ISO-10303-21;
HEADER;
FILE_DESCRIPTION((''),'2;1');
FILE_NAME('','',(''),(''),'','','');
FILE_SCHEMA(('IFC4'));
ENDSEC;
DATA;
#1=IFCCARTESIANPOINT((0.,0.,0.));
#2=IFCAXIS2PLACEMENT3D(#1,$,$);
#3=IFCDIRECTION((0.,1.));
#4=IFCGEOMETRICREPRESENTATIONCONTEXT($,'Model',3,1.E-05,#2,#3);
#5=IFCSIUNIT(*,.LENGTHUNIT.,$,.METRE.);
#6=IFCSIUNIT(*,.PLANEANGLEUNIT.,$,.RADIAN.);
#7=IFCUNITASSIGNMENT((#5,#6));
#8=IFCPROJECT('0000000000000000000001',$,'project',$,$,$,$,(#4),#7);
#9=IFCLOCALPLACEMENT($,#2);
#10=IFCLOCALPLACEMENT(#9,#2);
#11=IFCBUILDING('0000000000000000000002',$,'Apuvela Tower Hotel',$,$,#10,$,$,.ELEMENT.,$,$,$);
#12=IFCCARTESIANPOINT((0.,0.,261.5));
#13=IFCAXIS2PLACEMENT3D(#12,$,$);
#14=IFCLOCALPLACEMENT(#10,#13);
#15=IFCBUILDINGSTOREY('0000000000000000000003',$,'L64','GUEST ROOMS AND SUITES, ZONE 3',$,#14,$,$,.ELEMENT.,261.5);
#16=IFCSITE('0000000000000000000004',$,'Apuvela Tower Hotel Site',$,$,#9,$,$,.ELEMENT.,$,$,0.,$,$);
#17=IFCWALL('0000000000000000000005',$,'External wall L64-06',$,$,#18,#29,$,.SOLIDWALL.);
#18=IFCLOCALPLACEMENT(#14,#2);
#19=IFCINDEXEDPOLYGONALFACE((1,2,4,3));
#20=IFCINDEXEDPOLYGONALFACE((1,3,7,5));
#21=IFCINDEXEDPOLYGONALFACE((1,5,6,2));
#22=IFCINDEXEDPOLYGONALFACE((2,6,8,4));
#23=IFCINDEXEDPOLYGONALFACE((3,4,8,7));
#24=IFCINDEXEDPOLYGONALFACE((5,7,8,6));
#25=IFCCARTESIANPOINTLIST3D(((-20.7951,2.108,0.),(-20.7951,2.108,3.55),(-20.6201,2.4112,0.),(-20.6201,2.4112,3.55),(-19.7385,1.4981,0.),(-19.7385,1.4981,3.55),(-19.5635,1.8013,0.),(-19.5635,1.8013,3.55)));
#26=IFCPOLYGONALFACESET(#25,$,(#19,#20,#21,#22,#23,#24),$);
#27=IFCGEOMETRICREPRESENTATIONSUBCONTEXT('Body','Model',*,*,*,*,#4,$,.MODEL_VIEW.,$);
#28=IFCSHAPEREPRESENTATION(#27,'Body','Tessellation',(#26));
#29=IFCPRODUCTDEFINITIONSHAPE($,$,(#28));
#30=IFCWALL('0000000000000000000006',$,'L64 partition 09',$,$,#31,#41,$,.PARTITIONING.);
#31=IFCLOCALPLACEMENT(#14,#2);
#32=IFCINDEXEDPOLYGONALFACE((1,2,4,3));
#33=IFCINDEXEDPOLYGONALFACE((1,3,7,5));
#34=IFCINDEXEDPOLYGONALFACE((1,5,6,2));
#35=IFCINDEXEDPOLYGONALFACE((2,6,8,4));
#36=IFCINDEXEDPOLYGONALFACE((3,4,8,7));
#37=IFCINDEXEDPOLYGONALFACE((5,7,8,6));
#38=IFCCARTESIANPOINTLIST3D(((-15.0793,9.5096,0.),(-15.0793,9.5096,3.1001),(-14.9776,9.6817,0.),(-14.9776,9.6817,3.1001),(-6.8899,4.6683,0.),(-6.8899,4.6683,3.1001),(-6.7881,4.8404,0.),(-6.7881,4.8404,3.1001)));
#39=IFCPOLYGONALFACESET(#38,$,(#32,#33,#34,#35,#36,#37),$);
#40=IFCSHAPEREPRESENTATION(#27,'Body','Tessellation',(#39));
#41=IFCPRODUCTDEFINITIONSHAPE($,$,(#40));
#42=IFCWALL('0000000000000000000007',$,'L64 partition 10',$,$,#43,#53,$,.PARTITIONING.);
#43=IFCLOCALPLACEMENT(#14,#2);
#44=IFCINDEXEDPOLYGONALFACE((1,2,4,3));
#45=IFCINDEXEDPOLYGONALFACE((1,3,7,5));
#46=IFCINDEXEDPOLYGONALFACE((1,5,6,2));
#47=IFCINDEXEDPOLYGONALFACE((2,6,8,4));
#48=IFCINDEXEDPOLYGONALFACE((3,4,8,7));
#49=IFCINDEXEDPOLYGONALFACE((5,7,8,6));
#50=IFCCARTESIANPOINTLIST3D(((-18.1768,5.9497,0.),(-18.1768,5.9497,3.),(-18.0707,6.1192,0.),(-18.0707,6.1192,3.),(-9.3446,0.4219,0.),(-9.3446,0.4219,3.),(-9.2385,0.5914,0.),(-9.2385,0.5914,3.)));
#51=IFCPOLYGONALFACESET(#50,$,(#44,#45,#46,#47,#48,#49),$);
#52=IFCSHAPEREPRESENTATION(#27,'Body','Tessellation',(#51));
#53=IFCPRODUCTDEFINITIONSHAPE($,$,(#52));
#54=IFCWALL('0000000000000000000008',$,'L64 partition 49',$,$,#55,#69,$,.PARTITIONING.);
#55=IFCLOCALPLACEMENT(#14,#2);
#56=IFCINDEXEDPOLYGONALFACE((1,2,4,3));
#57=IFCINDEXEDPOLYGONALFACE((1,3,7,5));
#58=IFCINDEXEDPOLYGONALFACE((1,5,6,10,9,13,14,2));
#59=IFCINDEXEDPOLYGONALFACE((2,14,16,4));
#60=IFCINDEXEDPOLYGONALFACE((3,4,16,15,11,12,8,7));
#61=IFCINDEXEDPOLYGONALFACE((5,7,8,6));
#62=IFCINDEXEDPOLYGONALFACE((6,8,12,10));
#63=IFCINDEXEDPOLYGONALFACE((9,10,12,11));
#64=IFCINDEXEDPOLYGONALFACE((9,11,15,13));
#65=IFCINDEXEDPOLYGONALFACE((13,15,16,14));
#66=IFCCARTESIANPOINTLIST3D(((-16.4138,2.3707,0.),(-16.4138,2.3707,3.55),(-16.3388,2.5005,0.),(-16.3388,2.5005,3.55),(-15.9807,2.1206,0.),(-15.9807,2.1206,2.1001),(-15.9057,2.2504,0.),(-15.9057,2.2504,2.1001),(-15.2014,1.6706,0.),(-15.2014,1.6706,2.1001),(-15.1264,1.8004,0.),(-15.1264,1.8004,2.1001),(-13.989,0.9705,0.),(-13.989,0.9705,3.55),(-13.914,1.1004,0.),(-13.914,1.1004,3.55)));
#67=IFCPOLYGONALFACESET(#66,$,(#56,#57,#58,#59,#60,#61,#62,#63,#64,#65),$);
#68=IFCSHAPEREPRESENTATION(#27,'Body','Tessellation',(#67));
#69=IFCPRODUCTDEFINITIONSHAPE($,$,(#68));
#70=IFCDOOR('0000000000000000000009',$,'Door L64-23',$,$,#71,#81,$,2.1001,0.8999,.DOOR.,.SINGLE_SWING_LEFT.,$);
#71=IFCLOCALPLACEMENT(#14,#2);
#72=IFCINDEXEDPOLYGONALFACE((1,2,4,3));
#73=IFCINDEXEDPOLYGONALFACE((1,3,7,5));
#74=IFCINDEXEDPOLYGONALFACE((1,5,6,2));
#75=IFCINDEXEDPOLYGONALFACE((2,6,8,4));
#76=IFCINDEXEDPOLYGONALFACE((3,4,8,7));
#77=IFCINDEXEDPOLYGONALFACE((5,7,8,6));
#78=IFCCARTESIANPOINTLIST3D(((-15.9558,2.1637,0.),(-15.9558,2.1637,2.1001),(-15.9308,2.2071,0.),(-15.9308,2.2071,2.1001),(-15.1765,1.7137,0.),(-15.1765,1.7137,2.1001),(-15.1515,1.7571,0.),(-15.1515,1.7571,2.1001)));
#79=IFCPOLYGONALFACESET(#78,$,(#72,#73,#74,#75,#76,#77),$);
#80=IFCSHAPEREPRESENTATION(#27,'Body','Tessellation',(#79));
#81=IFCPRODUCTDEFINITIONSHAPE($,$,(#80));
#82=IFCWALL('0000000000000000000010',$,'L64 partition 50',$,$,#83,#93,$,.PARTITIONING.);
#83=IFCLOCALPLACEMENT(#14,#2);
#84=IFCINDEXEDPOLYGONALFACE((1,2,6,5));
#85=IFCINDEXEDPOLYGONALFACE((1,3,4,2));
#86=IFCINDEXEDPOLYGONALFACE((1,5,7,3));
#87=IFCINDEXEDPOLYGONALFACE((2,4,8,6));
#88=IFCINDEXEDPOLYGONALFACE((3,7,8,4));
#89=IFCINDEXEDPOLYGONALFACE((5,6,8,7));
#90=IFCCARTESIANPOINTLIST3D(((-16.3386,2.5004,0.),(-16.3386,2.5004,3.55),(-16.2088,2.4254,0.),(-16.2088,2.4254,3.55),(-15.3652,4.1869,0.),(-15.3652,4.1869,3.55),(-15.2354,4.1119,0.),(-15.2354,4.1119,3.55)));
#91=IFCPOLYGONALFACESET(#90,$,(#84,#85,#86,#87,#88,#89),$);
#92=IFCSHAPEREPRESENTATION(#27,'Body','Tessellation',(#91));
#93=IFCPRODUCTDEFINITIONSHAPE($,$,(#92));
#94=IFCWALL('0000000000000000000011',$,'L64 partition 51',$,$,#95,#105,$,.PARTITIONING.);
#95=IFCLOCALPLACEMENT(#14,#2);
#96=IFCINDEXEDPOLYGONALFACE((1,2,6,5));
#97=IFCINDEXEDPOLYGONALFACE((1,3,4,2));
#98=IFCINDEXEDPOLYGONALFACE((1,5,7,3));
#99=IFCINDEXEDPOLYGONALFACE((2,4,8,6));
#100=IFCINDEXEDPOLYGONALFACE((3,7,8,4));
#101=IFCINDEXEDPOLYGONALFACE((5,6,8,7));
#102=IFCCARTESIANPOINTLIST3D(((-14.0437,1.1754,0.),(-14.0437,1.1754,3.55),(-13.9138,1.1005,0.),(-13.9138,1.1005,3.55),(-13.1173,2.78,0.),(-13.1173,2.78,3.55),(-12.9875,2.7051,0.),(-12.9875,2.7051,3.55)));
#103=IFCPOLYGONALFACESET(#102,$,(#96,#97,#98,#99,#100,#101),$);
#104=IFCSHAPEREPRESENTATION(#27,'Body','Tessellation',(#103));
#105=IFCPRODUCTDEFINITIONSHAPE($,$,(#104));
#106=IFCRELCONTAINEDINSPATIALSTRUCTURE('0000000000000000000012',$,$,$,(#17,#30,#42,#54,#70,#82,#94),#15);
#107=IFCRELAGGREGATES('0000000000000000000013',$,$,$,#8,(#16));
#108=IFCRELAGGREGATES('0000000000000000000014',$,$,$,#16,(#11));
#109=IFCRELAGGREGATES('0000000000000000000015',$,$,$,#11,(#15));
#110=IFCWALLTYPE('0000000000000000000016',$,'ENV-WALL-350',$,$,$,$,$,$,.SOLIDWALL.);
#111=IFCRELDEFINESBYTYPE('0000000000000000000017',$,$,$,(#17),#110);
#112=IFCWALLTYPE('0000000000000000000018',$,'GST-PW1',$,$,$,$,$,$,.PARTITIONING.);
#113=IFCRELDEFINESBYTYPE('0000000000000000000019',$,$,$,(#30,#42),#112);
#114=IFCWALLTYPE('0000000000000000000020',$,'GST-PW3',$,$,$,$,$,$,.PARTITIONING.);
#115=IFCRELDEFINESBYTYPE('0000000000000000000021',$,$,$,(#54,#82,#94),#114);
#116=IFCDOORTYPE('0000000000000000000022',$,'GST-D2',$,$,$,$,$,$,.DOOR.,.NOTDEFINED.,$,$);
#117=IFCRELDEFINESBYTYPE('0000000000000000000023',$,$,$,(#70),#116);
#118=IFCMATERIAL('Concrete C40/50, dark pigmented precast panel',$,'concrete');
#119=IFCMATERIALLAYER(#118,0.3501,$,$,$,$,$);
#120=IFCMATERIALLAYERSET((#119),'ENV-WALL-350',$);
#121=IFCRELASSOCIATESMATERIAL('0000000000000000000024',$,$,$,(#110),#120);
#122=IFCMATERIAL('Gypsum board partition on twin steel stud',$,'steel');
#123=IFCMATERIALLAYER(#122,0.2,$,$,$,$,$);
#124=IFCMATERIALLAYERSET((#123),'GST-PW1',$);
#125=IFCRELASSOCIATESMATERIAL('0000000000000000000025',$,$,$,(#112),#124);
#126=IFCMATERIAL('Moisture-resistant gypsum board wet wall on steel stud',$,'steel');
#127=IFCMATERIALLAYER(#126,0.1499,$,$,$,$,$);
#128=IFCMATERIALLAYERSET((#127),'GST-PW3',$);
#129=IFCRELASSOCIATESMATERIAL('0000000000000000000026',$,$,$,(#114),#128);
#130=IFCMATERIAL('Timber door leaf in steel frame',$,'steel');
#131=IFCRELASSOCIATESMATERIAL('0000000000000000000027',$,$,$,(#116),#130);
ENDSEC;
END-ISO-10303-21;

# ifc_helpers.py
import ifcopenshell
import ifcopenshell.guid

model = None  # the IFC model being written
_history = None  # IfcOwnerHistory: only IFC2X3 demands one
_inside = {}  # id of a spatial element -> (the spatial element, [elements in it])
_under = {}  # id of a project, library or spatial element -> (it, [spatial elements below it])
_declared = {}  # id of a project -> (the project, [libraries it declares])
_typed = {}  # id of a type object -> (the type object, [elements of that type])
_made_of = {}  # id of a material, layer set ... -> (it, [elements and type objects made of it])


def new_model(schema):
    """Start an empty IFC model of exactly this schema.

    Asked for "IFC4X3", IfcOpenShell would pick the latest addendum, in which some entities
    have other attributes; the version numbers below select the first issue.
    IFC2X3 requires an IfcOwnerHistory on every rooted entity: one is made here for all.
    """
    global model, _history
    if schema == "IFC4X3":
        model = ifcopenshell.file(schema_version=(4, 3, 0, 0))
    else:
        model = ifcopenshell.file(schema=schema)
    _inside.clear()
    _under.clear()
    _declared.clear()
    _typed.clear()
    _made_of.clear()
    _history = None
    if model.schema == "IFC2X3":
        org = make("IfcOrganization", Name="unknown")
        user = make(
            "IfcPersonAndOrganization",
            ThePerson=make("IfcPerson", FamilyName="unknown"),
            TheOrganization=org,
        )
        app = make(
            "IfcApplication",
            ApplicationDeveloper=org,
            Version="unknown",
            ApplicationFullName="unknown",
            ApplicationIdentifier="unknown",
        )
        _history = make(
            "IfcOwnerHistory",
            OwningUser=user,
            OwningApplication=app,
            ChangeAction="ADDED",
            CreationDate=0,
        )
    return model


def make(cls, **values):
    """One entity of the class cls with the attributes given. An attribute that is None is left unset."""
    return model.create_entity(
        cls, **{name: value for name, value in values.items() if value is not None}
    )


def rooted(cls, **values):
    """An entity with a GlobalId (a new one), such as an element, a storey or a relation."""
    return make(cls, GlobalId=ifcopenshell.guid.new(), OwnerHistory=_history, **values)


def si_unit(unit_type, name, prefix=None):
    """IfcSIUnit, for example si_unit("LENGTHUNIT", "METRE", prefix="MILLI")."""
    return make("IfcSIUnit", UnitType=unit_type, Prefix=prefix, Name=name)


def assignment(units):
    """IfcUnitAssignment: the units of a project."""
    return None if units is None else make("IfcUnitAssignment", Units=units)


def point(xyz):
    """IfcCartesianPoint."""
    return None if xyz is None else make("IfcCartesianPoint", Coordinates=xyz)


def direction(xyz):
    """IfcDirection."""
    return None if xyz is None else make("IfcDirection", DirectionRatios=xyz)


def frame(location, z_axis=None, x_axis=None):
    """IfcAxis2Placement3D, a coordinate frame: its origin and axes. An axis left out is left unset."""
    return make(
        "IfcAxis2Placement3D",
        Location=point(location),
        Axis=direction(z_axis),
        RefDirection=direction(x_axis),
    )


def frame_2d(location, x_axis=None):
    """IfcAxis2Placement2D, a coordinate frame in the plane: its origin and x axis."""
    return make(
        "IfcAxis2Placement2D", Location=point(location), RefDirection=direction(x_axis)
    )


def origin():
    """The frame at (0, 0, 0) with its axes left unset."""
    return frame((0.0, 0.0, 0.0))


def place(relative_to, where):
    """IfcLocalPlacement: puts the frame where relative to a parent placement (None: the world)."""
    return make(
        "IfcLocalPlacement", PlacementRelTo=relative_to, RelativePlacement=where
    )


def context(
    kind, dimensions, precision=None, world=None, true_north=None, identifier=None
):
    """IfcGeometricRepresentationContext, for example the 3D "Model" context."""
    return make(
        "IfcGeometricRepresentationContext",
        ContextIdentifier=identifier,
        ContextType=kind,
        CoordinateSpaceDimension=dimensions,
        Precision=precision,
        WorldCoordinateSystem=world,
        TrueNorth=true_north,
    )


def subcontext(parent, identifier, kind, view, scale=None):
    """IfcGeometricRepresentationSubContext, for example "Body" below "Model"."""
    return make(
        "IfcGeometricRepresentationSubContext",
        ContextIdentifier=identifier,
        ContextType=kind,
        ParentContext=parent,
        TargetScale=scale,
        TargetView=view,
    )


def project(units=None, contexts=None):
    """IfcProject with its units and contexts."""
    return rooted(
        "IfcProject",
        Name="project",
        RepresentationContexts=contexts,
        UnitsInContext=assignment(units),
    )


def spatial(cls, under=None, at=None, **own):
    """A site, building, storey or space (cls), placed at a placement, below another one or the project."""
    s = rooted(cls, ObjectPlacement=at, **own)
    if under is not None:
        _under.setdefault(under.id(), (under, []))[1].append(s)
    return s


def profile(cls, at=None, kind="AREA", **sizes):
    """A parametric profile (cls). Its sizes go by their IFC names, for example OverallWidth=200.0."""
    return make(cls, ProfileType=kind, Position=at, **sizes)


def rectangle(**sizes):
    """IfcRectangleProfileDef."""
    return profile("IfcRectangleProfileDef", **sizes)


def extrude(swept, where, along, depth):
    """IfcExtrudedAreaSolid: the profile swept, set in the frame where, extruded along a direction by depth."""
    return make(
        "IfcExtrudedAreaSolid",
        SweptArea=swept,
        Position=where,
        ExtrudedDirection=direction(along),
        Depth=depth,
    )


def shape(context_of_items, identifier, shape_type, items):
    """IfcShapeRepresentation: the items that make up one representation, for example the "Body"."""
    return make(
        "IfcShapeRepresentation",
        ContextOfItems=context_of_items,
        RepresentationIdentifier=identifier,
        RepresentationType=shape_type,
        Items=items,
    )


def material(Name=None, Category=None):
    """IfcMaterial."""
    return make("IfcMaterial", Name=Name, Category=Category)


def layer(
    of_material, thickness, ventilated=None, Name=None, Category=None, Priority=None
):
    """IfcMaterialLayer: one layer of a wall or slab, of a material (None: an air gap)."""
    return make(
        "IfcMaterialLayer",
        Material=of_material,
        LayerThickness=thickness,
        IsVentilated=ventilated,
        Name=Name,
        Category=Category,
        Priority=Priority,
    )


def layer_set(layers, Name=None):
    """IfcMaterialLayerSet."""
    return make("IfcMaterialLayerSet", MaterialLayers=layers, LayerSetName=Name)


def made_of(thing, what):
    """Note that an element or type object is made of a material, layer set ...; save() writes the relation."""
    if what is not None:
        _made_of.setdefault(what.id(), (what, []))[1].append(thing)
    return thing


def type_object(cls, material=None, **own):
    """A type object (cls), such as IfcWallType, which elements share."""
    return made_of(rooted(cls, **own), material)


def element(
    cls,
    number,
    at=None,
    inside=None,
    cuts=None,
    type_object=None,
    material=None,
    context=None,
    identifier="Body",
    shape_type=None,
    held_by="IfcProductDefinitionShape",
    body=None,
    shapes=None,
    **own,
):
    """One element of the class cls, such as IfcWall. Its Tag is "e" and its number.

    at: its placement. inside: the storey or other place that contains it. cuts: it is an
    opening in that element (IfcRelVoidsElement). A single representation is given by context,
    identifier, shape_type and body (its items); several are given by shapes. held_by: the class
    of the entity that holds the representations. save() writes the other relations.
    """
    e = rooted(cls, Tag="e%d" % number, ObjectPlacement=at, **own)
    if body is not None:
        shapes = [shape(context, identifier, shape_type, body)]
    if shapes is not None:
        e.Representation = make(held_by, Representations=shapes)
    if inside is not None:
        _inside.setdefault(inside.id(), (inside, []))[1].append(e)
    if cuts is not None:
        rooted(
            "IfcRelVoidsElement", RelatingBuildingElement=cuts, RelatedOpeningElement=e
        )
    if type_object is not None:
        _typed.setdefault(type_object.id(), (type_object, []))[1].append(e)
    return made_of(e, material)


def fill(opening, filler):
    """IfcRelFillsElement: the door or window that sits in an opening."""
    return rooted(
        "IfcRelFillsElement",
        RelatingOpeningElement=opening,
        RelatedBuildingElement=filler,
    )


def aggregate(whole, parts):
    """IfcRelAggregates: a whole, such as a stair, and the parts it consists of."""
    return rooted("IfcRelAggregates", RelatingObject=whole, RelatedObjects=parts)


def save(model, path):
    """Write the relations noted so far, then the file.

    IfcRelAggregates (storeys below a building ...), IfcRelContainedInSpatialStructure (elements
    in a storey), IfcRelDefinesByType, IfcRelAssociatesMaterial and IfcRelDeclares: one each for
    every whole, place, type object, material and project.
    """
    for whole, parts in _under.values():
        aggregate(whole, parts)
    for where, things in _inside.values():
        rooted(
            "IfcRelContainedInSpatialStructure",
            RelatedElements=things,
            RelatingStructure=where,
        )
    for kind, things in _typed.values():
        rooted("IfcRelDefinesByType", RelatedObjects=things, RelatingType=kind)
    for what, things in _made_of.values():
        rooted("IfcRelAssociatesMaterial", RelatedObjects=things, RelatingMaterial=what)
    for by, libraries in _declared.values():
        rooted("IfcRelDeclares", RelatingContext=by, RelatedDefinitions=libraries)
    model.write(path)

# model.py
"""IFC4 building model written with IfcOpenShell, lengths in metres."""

from ifc_helpers import new_model, si_unit, direction, frame, frame_2d, origin, place, context, subcontext, project, spatial, rectangle, extrude, material, layer, layer_set, type_object, element, fill, save


model = new_model("IFC4")

# Units and contexts
model_context = context("Model", 3, precision=1e-05, world=origin(), true_north=direction((0.0, 1.0)))
body_context = subcontext(model_context, "Body", "Model", "MODEL_VIEW")
ifc_project = project(units=[si_unit("LENGTHUNIT", "METRE"), si_unit("PLANEANGLEUNIT", "RADIAN")], contexts=[model_context])

# Site, building, storey
site_placement = place(None, origin())
site = spatial("IfcSite", under=ifc_project, at=site_placement, Name="Apuvela Tower Hotel Site", CompositionType="ELEMENT", RefElevation=0.0)
building_placement = place(site_placement, origin())
building = spatial("IfcBuilding", under=site, at=building_placement, Name="Apuvela Tower Hotel", CompositionType="ELEMENT")
storey_placement = place(building_placement, frame((0.0, 0.0, 261.5)))
storey = spatial("IfcBuildingStorey", under=building, at=storey_placement, Name="L64", Description="GUEST ROOMS AND SUITES, ZONE 3", CompositionType="ELEMENT", Elevation=261.5)

# Shared definitions
ifc_material_1 = material(Name="Concrete C40/50, dark pigmented precast panel", Category="concrete")
ifc_layer_1 = layer(ifc_material_1, 0.3501)
ifc_layer_set_1 = layer_set([ifc_layer_1], Name="ENV-WALL-350")
wall_type_1 = type_object("IfcWallType", Name="ENV-WALL-350", PredefinedType="SOLIDWALL", material=ifc_layer_set_1)

# Wall
wall_1_placement = place(storey_placement, frame((-20.7075, 2.2595, 0.0), z_axis=(0.0, 0.0, 1.0), x_axis=(0.866092, -0.499884, 0.0)))
element("IfcWall", 1, at=wall_1_placement, inside=storey, type_object=wall_type_1, Name="External wall L64-06", PredefinedType="SOLIDWALL", context=body_context, shape_type="SweptSolid", body=[
    extrude(rectangle(XDim=1.22, YDim=0.3501, at=frame_2d((0.6099, 0.0))), origin(), (0.0, 0.0, 1.0), 3.55),
])

# Walls
ifc_material_2 = material(Name="Gypsum board partition on twin steel stud", Category="steel")
ifc_layer_2 = layer(ifc_material_2, 0.2)
ifc_layer_set_2 = layer_set([ifc_layer_2], Name="GST-PW1")
wall_type_2 = type_object("IfcWallType", Name="GST-PW1", PredefinedType="PARTITIONING", material=ifc_layer_set_2)
wall_2_placement = place(storey_placement, frame((-15.0286, 9.5957, 0.0), z_axis=(0.0, 0.0, 1.0), x_axis=(0.86083, -0.508892, 0.0)))
element("IfcWall", 2, at=wall_2_placement, inside=storey, type_object=wall_type_2, Name="L64 partition 09", PredefinedType="PARTITIONING", context=body_context, shape_type="SweptSolid", body=[
    extrude(rectangle(XDim=9.5134, YDim=0.2, at=frame_2d((4.7568, 0.0))), origin(), (0.0, 0.0, 1.0), 3.1001),
])
wall_3_placement = place(storey_placement, frame((-18.1238, 6.0344, 0.0), z_axis=(0.0, 0.0, 1.0), x_axis=(0.847668, -0.530527, 0.0)))
element("IfcWall", 3, at=wall_3_placement, inside=storey, type_object=wall_type_2, Name="L64 partition 10", PredefinedType="PARTITIONING", context=body_context, shape_type="SweptSolid", body=[
    extrude(rectangle(XDim=10.4194, YDim=0.2, at=frame_2d((5.2097, 0.0))), origin(), (0.0, 0.0, 1.0), 3.0),
])

# Wall, opening, door
ifc_material_3 = material(Name="Moisture-resistant gypsum board wet wall on steel stud", Category="steel")
ifc_layer_3 = layer(ifc_material_3, 0.1499)
ifc_layer_set_3 = layer_set([ifc_layer_3], Name="GST-PW3")
wall_type_3 = type_object("IfcWallType", Name="GST-PW3", PredefinedType="PARTITIONING", material=ifc_layer_set_3)
wall_4_placement = place(storey_placement, frame((-16.3762, 2.4355, 0.0), z_axis=(0.0, 0.0, 1.0), x_axis=(0.865997, -0.50005, 0.0)))
wall_4 = element("IfcWall", 4, at=wall_4_placement, inside=storey, type_object=wall_type_3, Name="L64 partition 49", PredefinedType="PARTITIONING", context=body_context, shape_type="SweptSolid", body=[
    extrude(rectangle(XDim=2.8, YDim=0.1499, at=frame_2d((1.3999, 0.0))), origin(), (0.0, 0.0, 1.0), 3.55),
])
opening_1_placement = place(wall_4_placement, frame((0.5, 0.0, 0.0)))
opening_1 = element("IfcOpeningElement", 5, at=opening_1_placement, cuts=wall_4, PredefinedType="OPENING", context=body_context, shape_type="SweptSolid", body=[
    extrude(rectangle(XDim=0.8999, YDim=2.1001, at=frame_2d((0.45, 1.05))), frame((0.0, 0.085, 0.0), z_axis=(0.0, -1.0, 0.0), x_axis=(1.0, 0.0, 0.0)), (0.0, 0.0, 1.0), 0.1699),
])
ifc_material_4 = material(Name="Timber door leaf in steel frame", Category="steel")
door_type_1 = type_object("IfcDoorType", Name="GST-D2", OperationType="NOTDEFINED", PredefinedType="DOOR", material=ifc_material_4)
door_1_placement = place(opening_1_placement, origin())
door_1 = element("IfcDoor", 6, at=door_1_placement, inside=storey, type_object=door_type_1, Name="Door L64-23", OperationType="SINGLE_SWING_LEFT", OverallHeight=2.1001, OverallWidth=0.8999, PredefinedType="DOOR", context=body_context, shape_type="SweptSolid", body=[
    extrude(rectangle(XDim=0.8999, YDim=2.1001, at=frame_2d((0.45, 1.05))), frame((0.0, 0.0249, 0.0), z_axis=(0.0, -1.0, 0.0), x_axis=(1.0, 0.0, 0.0)), (0.0, 0.0, 1.0), 0.05),
])
fill(opening_1, door_1)

# Walls
wall_5_placement = place(storey_placement, frame((-15.3003, 4.1494, 0.0), z_axis=(0.0, 0.0, 1.0), x_axis=(-0.499874, -0.866098, 0.0)))
element("IfcWall", 7, at=wall_5_placement, inside=storey, type_object=wall_type_3, Name="L64 partition 50", PredefinedType="PARTITIONING", context=body_context, shape_type="SweptSolid", body=[
    extrude(rectangle(XDim=1.9473, YDim=0.1499, at=frame_2d((0.9736, 0.0))), origin(), (0.0, 0.0, 1.0), 3.55),
])
wall_6_placement = place(storey_placement, frame((-13.0525, 2.7424, 0.0), z_axis=(0.0, 0.0, 1.0), x_axis=(-0.499966, -0.866045, 0.0)))
element("IfcWall", 8, at=wall_6_placement, inside=storey, type_object=wall_type_3, Name="L64 partition 51", PredefinedType="PARTITIONING", context=body_context, shape_type="SweptSolid", body=[
    extrude(rectangle(XDim=1.8528, YDim=0.1499, at=frame_2d((0.9263, 0.0))), origin(), (0.0, 0.0, 1.0), 3.55),
])

save(model, "model.ifc")
